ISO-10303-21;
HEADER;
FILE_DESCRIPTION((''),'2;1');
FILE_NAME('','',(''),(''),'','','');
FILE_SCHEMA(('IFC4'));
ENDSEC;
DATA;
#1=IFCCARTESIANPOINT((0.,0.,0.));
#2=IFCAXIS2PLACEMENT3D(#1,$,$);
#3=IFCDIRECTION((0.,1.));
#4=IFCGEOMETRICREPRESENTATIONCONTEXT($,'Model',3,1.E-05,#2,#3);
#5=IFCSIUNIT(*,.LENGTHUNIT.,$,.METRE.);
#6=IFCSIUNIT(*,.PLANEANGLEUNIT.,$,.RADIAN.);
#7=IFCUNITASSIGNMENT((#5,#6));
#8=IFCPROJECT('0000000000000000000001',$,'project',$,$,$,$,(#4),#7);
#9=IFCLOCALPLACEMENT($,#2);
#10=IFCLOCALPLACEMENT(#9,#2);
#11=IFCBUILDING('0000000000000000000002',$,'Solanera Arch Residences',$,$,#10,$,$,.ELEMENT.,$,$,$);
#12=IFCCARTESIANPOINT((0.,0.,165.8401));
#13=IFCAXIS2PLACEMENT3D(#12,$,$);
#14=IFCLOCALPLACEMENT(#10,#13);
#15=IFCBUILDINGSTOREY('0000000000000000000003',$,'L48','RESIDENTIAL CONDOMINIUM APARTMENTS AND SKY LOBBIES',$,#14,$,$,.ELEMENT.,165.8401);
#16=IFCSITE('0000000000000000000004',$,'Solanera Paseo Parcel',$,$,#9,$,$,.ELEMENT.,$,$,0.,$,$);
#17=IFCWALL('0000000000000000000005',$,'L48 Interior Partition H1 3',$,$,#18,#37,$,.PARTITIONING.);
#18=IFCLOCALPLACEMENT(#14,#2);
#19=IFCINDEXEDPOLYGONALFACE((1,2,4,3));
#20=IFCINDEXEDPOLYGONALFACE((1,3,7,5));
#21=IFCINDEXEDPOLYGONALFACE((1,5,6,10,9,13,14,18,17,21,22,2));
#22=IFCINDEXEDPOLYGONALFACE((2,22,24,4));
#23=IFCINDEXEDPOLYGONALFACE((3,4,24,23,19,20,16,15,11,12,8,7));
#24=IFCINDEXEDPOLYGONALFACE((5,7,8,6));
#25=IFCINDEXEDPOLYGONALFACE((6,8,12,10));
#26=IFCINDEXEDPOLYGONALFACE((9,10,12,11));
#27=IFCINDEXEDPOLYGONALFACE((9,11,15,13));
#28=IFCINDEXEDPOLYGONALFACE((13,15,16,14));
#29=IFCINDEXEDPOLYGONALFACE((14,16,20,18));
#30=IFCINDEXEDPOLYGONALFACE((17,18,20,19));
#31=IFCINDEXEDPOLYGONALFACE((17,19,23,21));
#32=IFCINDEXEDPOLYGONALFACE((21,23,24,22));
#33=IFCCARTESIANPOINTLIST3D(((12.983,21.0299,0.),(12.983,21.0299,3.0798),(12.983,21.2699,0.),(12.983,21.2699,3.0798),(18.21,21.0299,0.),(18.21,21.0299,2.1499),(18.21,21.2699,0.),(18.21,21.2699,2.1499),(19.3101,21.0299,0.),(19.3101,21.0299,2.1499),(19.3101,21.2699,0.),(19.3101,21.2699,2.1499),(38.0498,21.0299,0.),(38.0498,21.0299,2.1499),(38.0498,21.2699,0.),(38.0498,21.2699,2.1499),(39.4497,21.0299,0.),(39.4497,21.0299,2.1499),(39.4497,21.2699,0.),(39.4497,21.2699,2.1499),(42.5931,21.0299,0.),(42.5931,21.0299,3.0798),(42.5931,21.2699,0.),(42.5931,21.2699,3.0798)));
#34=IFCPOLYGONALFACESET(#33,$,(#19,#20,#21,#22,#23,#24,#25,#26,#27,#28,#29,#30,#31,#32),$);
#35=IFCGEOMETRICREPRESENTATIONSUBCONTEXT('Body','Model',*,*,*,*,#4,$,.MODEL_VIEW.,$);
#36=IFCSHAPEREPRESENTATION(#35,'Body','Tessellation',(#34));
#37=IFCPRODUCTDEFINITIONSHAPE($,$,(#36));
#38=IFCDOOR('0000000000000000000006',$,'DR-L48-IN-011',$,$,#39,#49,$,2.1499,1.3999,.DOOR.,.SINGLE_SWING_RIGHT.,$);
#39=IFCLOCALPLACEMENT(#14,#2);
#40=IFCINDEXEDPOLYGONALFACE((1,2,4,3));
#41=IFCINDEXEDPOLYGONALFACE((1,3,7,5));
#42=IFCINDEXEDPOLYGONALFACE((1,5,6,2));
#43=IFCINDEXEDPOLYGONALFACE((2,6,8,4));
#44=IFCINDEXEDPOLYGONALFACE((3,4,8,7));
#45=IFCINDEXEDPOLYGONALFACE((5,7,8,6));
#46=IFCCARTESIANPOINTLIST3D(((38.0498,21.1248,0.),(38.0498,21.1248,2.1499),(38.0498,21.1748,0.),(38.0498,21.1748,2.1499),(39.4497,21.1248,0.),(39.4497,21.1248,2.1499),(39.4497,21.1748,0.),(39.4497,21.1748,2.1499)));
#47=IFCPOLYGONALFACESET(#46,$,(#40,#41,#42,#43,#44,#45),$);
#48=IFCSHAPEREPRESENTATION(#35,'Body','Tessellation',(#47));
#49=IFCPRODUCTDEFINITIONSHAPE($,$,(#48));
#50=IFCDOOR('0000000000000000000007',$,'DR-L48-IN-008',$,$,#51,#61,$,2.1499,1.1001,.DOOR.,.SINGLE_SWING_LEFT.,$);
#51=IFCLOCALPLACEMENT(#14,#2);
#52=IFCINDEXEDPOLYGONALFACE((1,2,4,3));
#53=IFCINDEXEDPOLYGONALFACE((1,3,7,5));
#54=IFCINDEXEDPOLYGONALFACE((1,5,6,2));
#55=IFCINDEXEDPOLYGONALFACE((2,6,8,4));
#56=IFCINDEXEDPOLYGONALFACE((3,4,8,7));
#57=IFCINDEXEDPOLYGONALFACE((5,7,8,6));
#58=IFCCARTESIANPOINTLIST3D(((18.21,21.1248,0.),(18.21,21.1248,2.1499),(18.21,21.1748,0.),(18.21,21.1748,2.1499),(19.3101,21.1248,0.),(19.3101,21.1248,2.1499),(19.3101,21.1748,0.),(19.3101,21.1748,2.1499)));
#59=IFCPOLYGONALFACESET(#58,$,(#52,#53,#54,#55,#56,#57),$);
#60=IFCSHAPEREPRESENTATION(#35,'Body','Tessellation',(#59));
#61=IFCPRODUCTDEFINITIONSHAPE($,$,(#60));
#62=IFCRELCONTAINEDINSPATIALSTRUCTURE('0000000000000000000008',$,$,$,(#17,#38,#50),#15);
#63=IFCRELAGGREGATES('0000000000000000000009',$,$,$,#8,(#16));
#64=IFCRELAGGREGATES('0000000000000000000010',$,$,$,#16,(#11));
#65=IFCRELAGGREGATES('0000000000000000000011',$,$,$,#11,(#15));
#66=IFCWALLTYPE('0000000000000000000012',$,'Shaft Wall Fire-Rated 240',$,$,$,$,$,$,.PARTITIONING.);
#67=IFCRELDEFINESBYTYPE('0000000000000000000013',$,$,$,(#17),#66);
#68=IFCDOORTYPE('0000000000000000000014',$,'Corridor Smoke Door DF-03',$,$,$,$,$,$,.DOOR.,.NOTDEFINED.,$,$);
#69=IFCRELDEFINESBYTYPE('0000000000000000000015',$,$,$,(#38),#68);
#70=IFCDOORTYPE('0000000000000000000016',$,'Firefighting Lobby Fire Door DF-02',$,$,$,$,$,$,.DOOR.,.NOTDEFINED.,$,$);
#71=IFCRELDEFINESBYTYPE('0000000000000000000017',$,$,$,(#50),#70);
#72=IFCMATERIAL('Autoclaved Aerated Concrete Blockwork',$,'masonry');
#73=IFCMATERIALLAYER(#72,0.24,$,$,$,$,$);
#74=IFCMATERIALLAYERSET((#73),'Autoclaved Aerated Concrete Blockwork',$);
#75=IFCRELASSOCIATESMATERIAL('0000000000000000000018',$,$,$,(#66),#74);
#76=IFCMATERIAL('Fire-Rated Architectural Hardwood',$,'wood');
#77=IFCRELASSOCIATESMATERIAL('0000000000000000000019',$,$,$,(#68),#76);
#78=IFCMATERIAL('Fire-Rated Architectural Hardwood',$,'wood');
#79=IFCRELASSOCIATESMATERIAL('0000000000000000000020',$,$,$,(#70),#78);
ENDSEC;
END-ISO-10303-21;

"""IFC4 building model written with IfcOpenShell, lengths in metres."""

from ifc_helpers import new_model, si_unit, direction, frame, frame_2d, origin, place, context, subcontext, project, spatial, rectangle, extrude, material, layer, layer_set, type_object, element, fill, save


model = new_model("IFC4")

# Units and contexts
model_context = context("Model", 3, precision=1e-05, world=origin(), true_north=direction((0.0, 1.0)))
body_context = subcontext(model_context, "Body", "Model", "MODEL_VIEW")
ifc_project = project(units=[si_unit("LENGTHUNIT", "METRE"), si_unit("PLANEANGLEUNIT", "RADIAN")], contexts=[model_context])

# Site, building, storey
site_placement = place(None, origin())
site = spatial("IfcSite", under=ifc_project, at=site_placement, Name="Solanera Paseo Parcel", CompositionType="ELEMENT", RefElevation=0.0)
building_placement = place(site_placement, origin())
building = spatial("IfcBuilding", under=site, at=building_placement, Name="Solanera Arch Residences", CompositionType="ELEMENT")
storey_placement = place(building_placement, frame((0.0, 0.0, 165.8401)))
storey = spatial("IfcBuildingStorey", under=building, at=storey_placement, Name="L48", Description="RESIDENTIAL CONDOMINIUM APARTMENTS AND SKY LOBBIES", CompositionType="ELEMENT", Elevation=165.8401)

# Wall, openings, doors
ifc_material_1 = material(Name="Autoclaved Aerated Concrete Blockwork", Category="masonry")
ifc_layer_1 = layer(ifc_material_1, 0.24)
ifc_layer_set_1 = layer_set([ifc_layer_1], Name="Autoclaved Aerated Concrete Blockwork")
wall_type_1 = type_object("IfcWallType", Name="Shaft Wall Fire-Rated 240", PredefinedType="PARTITIONING", material=ifc_layer_set_1)
wall_1_placement = place(storey_placement, frame((12.9829, 21.1499, 0.0), z_axis=(0.0, 0.0, 1.0), x_axis=(1.0, 0.0, 0.0)))
wall_1 = element("IfcWall", 1, at=wall_1_placement, inside=storey, type_object=wall_type_1, Name="L48 Interior Partition H1 3", PredefinedType="PARTITIONING", context=body_context, shape_type="SweptSolid", body=[
    extrude(rectangle(XDim=29.6101, YDim=0.24, at=frame_2d((14.8052, 0.0))), origin(), (0.0, 0.0, 1.0), 3.0798),
])
opening_1_placement = place(wall_1_placement, frame((5.2271, 0.0, 0.0)))
opening_1 = element("IfcOpeningElement", 2, at=opening_1_placement, cuts=wall_1, PredefinedType="OPENING", context=body_context, shape_type="SweptSolid", body=[
    extrude(rectangle(XDim=1.1001, YDim=2.1499, at=frame_2d((0.55, 1.075))), frame((0.0, 0.1299, 0.0), z_axis=(0.0, -1.0, 0.0), x_axis=(1.0, 0.0, 0.0)), (0.0, 0.0, 1.0), 0.26),
])
opening_2_placement = place(wall_1_placement, frame((25.0669, 0.0, 0.0)))
opening_2 = element("IfcOpeningElement", 3, at=opening_2_placement, cuts=wall_1, PredefinedType="OPENING", context=body_context, shape_type="SweptSolid", body=[
    extrude(rectangle(XDim=1.3999, YDim=2.1499, at=frame_2d((0.7, 1.075))), frame((0.0, 0.1299, 0.0), z_axis=(0.0, -1.0, 0.0), x_axis=(1.0, 0.0, 0.0)), (0.0, 0.0, 1.0), 0.26),
])
ifc_material_2 = material(Name="Fire-Rated Architectural Hardwood", Category="wood")
door_type_1 = type_object("IfcDoorType", Name="Corridor Smoke Door DF-03", OperationType="NOTDEFINED", PredefinedType="DOOR", material=ifc_material_2)
door_1_placement = place(opening_2_placement, origin())
door_1 = element("IfcDoor", 4, at=door_1_placement, inside=storey, type_object=door_type_1, Name="DR-L48-IN-011", OperationType="SINGLE_SWING_RIGHT", OverallHeight=2.1499, OverallWidth=1.3999, PredefinedType="DOOR", context=body_context, shape_type="SweptSolid", body=[
    extrude(rectangle(XDim=1.3999, YDim=2.1499, at=frame_2d((0.7, 1.075))), frame((0.0, 0.0249, 0.0), z_axis=(0.0, -1.0, 0.0), x_axis=(1.0, 0.0, 0.0)), (0.0, 0.0, 1.0), 0.05),
])
fill(opening_2, door_1)
ifc_material_3 = material(Name="Fire-Rated Architectural Hardwood", Category="wood")
door_type_2 = type_object("IfcDoorType", Name="Firefighting Lobby Fire Door DF-02", OperationType="NOTDEFINED", PredefinedType="DOOR", material=ifc_material_3)
door_2_placement = place(opening_1_placement, origin())
door_2 = element("IfcDoor", 5, at=door_2_placement, inside=storey, type_object=door_type_2, Name="DR-L48-IN-008", OperationType="SINGLE_SWING_LEFT", OverallHeight=2.1499, OverallWidth=1.1001, PredefinedType="DOOR", context=body_context, shape_type="SweptSolid", body=[
    extrude(rectangle(XDim=1.1001, YDim=2.1499, at=frame_2d((0.55, 1.075))), frame((0.0, 0.0249, 0.0), z_axis=(0.0, -1.0, 0.0), x_axis=(1.0, 0.0, 0.0)), (0.0, 0.0, 1.0), 0.05),
])
fill(opening_1, door_2)

save(model, "model.ifc")
